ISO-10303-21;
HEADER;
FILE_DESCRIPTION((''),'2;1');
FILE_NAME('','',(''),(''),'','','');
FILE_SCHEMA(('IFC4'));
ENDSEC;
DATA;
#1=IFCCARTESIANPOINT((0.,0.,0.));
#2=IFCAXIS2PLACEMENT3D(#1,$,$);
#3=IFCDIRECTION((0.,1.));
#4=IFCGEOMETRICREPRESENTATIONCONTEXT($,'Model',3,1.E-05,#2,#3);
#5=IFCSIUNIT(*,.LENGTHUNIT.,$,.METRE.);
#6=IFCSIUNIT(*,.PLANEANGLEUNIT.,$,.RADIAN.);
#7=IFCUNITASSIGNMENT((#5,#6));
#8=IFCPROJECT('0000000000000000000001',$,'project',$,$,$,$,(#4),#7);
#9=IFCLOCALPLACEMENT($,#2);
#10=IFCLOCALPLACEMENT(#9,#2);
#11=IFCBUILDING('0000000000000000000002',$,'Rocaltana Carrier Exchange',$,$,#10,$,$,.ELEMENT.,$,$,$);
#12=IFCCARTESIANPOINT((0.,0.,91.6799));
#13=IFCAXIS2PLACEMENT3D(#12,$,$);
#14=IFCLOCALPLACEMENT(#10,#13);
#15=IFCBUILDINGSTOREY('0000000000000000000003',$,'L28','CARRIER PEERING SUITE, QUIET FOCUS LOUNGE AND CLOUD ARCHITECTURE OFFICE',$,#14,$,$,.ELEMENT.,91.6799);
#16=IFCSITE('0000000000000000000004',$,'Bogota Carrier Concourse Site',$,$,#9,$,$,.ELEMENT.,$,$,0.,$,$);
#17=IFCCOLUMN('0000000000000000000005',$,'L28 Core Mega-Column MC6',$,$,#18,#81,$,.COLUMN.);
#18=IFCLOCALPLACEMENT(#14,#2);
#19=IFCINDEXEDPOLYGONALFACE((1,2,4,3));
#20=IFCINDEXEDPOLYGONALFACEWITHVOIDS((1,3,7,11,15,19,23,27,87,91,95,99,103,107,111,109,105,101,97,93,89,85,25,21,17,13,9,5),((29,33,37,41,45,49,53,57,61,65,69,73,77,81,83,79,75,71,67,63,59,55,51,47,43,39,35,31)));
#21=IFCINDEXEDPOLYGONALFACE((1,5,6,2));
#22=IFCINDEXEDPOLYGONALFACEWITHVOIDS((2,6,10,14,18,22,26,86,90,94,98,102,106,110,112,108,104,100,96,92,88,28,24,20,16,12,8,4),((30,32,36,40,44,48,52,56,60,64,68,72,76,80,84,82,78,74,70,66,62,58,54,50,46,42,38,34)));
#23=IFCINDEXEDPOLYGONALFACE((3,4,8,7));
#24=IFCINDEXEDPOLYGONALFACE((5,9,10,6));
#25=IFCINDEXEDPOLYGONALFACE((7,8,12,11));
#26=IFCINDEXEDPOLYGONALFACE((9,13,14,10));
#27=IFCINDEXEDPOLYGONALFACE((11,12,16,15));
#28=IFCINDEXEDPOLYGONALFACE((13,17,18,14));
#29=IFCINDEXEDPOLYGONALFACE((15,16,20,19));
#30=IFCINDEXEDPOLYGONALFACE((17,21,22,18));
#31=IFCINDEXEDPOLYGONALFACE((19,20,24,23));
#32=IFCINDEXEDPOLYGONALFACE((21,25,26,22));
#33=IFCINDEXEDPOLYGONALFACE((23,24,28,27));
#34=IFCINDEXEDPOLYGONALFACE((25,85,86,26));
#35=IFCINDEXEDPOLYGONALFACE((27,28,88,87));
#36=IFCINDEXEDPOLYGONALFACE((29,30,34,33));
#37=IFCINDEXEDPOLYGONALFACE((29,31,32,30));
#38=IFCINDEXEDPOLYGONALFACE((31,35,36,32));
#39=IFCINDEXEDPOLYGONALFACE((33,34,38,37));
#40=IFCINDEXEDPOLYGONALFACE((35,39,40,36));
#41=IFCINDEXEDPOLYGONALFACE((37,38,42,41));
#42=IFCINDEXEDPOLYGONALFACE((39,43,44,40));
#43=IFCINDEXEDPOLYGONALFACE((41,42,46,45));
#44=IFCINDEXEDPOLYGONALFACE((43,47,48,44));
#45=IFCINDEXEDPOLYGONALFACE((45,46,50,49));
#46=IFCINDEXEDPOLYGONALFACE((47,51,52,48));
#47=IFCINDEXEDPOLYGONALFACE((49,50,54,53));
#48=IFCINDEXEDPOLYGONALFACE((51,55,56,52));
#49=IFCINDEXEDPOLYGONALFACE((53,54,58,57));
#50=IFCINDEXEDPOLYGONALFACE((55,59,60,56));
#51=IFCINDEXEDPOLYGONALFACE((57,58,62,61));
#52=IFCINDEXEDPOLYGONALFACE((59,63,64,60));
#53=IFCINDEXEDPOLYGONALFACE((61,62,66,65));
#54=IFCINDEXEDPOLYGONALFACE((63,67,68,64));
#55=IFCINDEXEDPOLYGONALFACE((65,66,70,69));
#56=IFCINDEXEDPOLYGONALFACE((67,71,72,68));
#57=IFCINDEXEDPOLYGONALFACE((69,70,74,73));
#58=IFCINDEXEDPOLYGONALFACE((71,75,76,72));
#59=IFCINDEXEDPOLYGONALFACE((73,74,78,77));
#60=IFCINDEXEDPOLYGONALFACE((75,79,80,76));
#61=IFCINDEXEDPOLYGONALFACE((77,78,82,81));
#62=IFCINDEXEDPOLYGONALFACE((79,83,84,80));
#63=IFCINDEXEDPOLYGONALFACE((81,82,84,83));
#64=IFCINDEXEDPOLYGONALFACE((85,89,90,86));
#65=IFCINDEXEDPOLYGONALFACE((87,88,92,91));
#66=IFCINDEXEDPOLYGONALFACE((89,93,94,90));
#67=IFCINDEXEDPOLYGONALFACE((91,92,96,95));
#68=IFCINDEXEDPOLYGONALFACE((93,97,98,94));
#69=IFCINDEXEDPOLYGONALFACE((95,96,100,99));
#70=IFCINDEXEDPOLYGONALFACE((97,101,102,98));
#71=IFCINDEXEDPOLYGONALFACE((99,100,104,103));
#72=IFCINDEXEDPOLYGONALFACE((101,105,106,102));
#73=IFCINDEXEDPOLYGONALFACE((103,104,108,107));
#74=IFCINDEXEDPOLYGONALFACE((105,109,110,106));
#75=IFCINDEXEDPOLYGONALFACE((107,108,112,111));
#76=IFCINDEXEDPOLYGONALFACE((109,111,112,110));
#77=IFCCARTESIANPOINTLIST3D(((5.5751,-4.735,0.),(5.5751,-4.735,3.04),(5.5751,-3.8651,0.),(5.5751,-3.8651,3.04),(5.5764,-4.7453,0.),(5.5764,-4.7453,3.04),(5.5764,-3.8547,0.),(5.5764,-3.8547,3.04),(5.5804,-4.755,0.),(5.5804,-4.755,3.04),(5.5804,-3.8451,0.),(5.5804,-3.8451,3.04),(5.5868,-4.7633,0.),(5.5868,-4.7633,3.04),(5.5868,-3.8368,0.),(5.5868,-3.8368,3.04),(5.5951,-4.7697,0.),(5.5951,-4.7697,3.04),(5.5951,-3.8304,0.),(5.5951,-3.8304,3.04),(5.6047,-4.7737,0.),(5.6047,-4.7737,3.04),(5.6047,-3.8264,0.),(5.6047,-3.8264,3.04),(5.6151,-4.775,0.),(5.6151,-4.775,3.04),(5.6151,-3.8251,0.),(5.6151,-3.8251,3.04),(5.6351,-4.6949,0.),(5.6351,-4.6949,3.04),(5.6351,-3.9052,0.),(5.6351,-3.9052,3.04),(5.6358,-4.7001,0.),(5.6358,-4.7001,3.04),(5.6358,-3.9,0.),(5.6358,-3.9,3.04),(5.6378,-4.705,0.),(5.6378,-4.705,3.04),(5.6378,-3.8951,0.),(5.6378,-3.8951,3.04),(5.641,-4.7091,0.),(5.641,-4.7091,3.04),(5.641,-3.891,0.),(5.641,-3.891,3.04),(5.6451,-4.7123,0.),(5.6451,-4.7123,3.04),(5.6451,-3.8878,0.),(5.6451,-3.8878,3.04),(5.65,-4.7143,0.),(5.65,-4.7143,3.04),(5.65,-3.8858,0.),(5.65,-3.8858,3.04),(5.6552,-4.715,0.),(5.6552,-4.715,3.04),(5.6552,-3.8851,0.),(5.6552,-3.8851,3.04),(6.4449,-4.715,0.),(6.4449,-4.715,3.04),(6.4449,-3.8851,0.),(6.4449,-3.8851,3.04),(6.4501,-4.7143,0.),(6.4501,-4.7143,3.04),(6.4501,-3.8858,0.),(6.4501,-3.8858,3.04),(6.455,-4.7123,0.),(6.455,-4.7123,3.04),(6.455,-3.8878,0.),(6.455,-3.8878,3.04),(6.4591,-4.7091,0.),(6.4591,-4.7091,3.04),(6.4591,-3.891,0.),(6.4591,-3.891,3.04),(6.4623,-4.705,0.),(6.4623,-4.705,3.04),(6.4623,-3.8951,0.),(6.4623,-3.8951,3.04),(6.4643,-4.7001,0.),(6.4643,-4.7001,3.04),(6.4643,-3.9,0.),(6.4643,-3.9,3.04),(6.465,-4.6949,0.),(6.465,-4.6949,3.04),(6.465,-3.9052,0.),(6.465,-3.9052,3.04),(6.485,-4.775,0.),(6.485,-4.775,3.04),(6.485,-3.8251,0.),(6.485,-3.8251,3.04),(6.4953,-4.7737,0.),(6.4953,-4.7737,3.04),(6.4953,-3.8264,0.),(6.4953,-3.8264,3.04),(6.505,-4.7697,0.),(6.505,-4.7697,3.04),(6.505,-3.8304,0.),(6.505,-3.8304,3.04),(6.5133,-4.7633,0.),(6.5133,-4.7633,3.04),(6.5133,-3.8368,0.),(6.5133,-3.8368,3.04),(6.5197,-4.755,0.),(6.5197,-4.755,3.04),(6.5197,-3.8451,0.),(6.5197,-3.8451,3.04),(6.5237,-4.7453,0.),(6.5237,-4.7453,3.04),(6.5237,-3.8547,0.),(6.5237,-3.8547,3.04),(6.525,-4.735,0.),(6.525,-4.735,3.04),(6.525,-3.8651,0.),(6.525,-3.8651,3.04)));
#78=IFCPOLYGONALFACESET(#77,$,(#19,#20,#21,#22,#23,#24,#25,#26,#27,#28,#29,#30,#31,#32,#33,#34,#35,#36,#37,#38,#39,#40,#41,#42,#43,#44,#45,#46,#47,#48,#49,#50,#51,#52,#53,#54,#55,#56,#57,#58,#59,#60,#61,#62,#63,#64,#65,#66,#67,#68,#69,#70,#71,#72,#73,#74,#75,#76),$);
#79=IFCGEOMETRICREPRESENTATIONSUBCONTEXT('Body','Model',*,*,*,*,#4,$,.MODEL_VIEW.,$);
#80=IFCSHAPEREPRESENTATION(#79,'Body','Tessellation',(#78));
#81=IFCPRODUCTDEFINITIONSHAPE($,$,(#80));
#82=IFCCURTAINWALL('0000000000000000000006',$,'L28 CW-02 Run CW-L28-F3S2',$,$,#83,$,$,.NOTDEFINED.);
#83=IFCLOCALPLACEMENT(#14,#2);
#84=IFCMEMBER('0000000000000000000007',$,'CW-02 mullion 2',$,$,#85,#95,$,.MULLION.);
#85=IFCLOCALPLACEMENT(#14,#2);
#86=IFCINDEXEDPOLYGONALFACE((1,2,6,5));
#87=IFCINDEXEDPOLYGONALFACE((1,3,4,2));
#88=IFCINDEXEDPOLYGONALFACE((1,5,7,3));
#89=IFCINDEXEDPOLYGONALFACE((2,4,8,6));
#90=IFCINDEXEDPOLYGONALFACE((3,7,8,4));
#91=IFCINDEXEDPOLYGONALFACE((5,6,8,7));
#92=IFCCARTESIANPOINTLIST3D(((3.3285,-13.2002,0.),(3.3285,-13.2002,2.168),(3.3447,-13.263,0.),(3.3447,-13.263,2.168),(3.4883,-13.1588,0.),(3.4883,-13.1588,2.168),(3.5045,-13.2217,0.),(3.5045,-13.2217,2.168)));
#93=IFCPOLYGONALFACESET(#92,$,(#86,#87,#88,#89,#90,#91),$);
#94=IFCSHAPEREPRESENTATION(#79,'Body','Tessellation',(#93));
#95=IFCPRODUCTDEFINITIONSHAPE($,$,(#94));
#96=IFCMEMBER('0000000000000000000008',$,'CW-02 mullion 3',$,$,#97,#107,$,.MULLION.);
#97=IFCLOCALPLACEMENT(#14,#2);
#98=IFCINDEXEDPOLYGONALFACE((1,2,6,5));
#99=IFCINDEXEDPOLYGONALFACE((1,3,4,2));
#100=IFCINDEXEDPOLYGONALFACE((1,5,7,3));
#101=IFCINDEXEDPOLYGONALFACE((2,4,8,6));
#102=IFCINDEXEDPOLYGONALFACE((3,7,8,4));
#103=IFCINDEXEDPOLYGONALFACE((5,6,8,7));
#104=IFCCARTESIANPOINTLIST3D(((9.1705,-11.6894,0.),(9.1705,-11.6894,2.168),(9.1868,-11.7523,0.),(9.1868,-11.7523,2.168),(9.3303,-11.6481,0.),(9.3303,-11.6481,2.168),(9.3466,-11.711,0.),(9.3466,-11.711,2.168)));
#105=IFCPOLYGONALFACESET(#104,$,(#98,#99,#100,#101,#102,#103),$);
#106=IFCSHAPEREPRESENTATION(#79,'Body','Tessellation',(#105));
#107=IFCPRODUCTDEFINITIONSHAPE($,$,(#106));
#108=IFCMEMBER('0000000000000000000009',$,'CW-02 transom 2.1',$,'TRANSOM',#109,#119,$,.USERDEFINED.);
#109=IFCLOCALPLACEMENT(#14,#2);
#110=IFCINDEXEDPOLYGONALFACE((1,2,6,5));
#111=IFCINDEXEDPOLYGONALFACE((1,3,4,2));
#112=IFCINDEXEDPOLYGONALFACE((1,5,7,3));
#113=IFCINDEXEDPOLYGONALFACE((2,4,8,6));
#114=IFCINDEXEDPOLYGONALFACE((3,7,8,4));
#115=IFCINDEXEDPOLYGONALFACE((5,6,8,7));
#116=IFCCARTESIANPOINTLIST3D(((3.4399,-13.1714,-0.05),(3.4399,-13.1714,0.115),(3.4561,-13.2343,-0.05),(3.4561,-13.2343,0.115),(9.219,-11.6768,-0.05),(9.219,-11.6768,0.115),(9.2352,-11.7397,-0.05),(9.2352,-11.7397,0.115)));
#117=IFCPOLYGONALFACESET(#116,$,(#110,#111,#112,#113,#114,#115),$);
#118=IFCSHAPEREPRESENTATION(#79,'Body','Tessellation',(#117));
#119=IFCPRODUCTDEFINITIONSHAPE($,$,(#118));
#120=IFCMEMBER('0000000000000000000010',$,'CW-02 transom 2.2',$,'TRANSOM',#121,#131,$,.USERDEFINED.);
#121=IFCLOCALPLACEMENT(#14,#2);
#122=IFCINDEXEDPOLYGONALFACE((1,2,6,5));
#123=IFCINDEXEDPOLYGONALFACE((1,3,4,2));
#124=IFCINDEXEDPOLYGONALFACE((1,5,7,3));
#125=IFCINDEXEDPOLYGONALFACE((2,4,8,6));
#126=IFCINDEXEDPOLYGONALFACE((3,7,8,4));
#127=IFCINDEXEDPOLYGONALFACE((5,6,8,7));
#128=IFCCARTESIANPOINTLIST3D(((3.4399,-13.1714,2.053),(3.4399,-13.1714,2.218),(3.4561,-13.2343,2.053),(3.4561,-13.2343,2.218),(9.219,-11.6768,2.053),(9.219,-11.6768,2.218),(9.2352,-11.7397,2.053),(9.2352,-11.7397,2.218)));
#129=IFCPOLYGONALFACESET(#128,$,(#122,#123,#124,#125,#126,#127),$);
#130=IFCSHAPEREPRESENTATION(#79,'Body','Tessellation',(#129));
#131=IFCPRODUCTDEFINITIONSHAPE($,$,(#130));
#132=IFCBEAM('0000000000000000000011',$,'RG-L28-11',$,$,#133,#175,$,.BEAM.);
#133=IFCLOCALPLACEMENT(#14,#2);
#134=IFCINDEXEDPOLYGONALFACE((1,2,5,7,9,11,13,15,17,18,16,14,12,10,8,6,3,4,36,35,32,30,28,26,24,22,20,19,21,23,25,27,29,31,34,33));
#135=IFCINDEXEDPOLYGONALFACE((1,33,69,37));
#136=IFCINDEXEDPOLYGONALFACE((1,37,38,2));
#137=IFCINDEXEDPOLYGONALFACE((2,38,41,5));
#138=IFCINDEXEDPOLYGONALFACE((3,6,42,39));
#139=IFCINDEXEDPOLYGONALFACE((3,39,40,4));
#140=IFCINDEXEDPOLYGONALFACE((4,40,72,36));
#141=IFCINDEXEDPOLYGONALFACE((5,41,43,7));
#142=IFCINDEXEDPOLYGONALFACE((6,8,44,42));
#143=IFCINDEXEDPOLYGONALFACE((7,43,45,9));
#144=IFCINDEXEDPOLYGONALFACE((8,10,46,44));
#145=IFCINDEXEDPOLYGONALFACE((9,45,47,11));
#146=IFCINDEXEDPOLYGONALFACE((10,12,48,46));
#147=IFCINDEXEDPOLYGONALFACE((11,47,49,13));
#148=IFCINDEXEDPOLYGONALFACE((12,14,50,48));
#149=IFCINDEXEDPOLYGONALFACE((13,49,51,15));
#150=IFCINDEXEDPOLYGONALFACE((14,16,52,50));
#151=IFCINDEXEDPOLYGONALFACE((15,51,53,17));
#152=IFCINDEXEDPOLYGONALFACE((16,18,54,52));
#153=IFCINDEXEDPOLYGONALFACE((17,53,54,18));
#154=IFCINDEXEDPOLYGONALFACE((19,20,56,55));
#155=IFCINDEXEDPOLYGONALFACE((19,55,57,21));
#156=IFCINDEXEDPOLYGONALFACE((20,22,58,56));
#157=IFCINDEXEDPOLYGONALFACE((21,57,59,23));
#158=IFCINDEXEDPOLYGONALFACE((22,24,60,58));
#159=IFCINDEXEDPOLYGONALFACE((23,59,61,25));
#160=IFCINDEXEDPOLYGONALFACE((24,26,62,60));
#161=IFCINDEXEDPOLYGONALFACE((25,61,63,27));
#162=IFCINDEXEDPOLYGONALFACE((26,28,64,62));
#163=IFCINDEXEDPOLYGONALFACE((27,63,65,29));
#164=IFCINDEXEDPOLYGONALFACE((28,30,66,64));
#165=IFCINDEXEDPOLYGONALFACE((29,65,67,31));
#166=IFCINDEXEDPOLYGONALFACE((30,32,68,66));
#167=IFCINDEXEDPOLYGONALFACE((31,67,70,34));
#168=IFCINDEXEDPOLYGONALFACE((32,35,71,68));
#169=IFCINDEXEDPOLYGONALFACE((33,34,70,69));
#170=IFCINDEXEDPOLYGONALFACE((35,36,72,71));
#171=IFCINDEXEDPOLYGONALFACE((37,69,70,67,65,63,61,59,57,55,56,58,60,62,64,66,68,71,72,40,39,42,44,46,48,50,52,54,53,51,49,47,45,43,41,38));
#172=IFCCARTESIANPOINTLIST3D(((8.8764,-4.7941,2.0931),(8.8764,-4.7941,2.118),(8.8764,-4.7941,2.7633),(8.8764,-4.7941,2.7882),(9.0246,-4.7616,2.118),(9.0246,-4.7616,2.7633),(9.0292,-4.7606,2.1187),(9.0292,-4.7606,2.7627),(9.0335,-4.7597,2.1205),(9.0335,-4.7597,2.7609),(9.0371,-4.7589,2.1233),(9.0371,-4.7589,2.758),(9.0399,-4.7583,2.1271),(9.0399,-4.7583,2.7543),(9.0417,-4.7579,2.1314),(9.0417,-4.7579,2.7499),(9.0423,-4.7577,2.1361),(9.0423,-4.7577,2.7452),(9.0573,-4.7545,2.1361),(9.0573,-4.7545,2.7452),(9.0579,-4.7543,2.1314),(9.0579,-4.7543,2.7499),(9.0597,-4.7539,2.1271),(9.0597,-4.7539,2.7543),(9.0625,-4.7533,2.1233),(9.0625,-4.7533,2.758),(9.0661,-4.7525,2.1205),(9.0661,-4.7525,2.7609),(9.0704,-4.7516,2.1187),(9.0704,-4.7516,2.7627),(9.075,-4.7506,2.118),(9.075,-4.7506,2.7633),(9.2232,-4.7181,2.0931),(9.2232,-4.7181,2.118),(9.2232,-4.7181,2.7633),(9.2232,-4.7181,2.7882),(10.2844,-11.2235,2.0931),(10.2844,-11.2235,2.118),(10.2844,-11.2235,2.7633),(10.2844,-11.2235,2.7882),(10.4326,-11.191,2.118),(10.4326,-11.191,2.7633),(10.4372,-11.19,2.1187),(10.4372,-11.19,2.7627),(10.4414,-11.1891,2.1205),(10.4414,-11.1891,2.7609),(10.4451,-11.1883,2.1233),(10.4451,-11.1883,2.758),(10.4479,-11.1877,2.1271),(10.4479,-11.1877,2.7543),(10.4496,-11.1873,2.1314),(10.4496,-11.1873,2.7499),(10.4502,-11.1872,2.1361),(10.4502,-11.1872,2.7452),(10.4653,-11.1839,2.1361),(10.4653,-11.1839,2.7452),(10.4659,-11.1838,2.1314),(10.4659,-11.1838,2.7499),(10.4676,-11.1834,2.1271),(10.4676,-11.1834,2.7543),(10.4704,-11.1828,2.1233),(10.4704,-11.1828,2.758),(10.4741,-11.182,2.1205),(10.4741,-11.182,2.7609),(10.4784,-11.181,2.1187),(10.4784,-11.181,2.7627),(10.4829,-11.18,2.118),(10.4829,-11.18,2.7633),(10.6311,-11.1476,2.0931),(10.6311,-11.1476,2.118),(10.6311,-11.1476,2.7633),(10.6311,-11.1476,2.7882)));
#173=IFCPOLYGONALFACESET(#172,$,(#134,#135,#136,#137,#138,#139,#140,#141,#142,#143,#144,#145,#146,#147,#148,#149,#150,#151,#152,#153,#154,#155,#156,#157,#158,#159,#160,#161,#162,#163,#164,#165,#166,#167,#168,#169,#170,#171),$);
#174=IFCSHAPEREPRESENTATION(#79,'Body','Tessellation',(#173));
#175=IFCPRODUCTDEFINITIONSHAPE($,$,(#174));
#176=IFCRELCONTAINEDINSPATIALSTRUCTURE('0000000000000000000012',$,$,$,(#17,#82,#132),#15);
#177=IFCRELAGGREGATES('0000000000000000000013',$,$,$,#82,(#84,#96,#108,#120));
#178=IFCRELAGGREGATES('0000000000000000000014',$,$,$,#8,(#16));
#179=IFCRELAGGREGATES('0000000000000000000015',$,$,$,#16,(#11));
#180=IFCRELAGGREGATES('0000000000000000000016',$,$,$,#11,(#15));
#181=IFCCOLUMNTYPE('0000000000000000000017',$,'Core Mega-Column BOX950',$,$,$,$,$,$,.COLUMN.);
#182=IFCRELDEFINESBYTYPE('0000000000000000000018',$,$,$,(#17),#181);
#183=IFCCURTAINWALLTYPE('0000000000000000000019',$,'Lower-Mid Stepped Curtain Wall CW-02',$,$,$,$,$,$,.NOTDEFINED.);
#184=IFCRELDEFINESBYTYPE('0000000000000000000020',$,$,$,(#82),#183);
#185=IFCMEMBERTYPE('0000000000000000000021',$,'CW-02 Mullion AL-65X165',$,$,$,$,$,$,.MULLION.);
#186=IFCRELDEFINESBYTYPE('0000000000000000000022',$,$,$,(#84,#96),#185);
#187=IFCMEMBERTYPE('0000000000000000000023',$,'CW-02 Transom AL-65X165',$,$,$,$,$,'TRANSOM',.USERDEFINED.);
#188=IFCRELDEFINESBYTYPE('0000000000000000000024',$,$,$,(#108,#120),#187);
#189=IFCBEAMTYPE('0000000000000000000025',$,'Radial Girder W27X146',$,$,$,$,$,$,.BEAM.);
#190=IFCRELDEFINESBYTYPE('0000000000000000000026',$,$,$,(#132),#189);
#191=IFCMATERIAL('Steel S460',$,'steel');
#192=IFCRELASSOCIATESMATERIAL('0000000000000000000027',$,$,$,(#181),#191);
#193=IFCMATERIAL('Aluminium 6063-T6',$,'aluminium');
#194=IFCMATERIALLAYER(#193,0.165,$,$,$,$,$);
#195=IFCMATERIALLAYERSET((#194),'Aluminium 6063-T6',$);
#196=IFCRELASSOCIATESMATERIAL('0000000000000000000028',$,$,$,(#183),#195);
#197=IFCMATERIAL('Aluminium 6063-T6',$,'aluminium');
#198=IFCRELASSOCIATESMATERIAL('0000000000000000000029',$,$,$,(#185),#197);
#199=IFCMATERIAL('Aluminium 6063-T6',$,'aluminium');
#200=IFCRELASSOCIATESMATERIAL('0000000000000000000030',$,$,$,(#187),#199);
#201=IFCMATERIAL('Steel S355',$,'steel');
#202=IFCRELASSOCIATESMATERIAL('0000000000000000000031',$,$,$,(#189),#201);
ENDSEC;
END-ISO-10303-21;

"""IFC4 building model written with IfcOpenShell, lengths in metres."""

from ifc_helpers import new_model, si_unit, direction, frame, origin, origin_2d, place, context, subcontext, project, spatial, rectangle, hollow_rectangle, i_section, extrude, material, layer, layer_set, material_profile, profile_set, type_object, element, aggregate, save


model = new_model("IFC4")

# Units and contexts
model_context = context("Model", 3, precision=1e-05, world=origin(), true_north=direction((0.0, 1.0)))
body_context = subcontext(model_context, "Body", "Model", "MODEL_VIEW")
ifc_project = project(units=[si_unit("LENGTHUNIT", "METRE"), si_unit("PLANEANGLEUNIT", "RADIAN")], contexts=[model_context])

# Site, building, storey
site_placement = place(None, origin())
site = spatial("IfcSite", under=ifc_project, at=site_placement, Name="Bogota Carrier Concourse Site", CompositionType="ELEMENT", RefElevation=0.0)
building_placement = place(site_placement, origin())
building = spatial("IfcBuilding", under=site, at=building_placement, Name="Rocaltana Carrier Exchange", CompositionType="ELEMENT")
storey_placement = place(building_placement, frame((0.0, 0.0, 91.6799)))
storey = spatial("IfcBuildingStorey", under=building, at=storey_placement, Name="L28", Description="CARRIER PEERING SUITE, QUIET FOCUS LOUNGE AND CLOUD ARCHITECTURE OFFICE", CompositionType="ELEMENT", Elevation=91.6799)

# Column
ifc_material_1 = material(Name="Steel S460", Category="steel")
ifc_material_profile_1 = material_profile(ifc_material_1, hollow_rectangle(XDim=0.95, YDim=0.95, WallThickness=0.0601, InnerFilletRadius=0.02, OuterFilletRadius=0.04, at=origin_2d()), Name="BOX950X950X60")
ifc_profile_set_1 = profile_set([ifc_material_profile_1], Name="Steel S460")
column_type = type_object("IfcColumnType", Name="Core Mega-Column BOX950", PredefinedType="COLUMN", material=ifc_profile_set_1)
column_placement = place(storey_placement, frame((6.05, -4.3, 0.0), z_axis=(0.0, 0.0, 1.0), x_axis=(1.0, 0.0, 0.0)))
element("IfcColumn", 1, at=column_placement, inside=storey, type_object=column_type, Name="L28 Core Mega-Column MC6", PredefinedType="COLUMN", context=body_context, shape_type="SweptSolid", body=[
    extrude(hollow_rectangle(XDim=0.95, YDim=0.95, WallThickness=0.0601, InnerFilletRadius=0.02, OuterFilletRadius=0.04, at=origin_2d()), origin(), (0.0, 0.0, 1.0), 3.04),
])

# Curtain wall, members
ifc_material_2 = material(Name="Aluminium 6063-T6", Category="aluminium")
ifc_layer_1 = layer(ifc_material_2, 0.165)
ifc_layer_set_1 = layer_set([ifc_layer_1], Name="Aluminium 6063-T6")
curtain_wall_type = type_object("IfcCurtainWallType", Name="Lower-Mid Stepped Curtain Wall CW-02", PredefinedType="NOTDEFINED", material=ifc_layer_set_1)
curtain_wall_placement = place(storey_placement, origin())
curtain_wall = element("IfcCurtainWall", 2, at=curtain_wall_placement, inside=storey, type_object=curtain_wall_type, Name="L28 CW-02 Run CW-L28-F3S2", PredefinedType="NOTDEFINED")
ifc_material_3 = material(Name="Aluminium 6063-T6", Category="aluminium")
ifc_material_profile_2 = material_profile(ifc_material_3, rectangle(XDim=0.0649, YDim=0.165, at=origin_2d()), Name="AL-65X165")
ifc_profile_set_2 = profile_set([ifc_material_profile_2], Name="Aluminium 6063-T6")
member_type_1 = type_object("IfcMemberType", Name="CW-02 Mullion AL-65X165", PredefinedType="MULLION", material=ifc_profile_set_2)
member_1_placement = place(storey_placement, frame((3.4165, -13.2109, 0.0), z_axis=(0.0, 0.0, 1.0), x_axis=(-0.250378, 0.968148, 0.0)))
member_1 = element("IfcMember", 3, at=member_1_placement, type_object=member_type_1, Name="CW-02 mullion 2", PredefinedType="MULLION", context=body_context, shape_type="SweptSolid", body=[
    extrude(rectangle(XDim=0.0649, YDim=0.165, at=origin_2d()), origin(), (0.0, 0.0, 1.0), 2.168),
])
member_2_placement = place(storey_placement, frame((9.2585, -11.7002, 0.0), z_axis=(0.0, 0.0, 1.0), x_axis=(-0.250378, 0.968148, 0.0)))
member_2 = element("IfcMember", 4, at=member_2_placement, type_object=member_type_1, Name="CW-02 mullion 3", PredefinedType="MULLION", context=body_context, shape_type="SweptSolid", body=[
    extrude(rectangle(XDim=0.0649, YDim=0.165, at=origin_2d()), origin(), (0.0, 0.0, 1.0), 2.168),
])
ifc_material_4 = material(Name="Aluminium 6063-T6", Category="aluminium")
ifc_material_profile_3 = material_profile(ifc_material_4, rectangle(XDim=0.0649, YDim=0.165, at=origin_2d()), Name="AL-65X165")
ifc_profile_set_3 = profile_set([ifc_material_profile_3], Name="Aluminium 6063-T6")
member_type_2 = type_object("IfcMemberType", Name="CW-02 Transom AL-65X165", ElementType="TRANSOM", PredefinedType="USERDEFINED", material=ifc_profile_set_3)
member_3_placement = place(storey_placement, frame((3.448, -13.2029, 0.0325), z_axis=(0.968145, 0.25039, 0.0), x_axis=(-0.25039, 0.968145, 0.0)))
member_3 = element("IfcMember", 5, at=member_3_placement, type_object=member_type_2, Name="CW-02 transom 2.1", ObjectType="TRANSOM", PredefinedType="USERDEFINED", context=body_context, shape_type="SweptSolid", body=[
    extrude(rectangle(XDim=0.0649, YDim=0.165, at=origin_2d()), origin(), (0.0, 0.0, 1.0), 5.9692),
])
member_4_placement = place(storey_placement, frame((3.448, -13.2029, 2.1355), z_axis=(0.968145, 0.25039, 0.0), x_axis=(-0.25039, 0.968145, 0.0)))
member_4 = element("IfcMember", 6, at=member_4_placement, type_object=member_type_2, Name="CW-02 transom 2.2", ObjectType="TRANSOM", PredefinedType="USERDEFINED", context=body_context, shape_type="SweptSolid", body=[
    extrude(rectangle(XDim=0.0649, YDim=0.165, at=origin_2d()), origin(), (0.0, 0.0, 1.0), 5.9692),
])

# Beam
ifc_material_5 = material(Name="Steel S355", Category="steel")
ifc_material_profile_4 = material_profile(ifc_material_5, i_section(OverallWidth=0.355, OverallDepth=0.6951, WebThickness=0.0154, FlangeThickness=0.0249, FilletRadius=0.0181, at=origin_2d()), Name="W27X146")
ifc_profile_set_4 = profile_set([ifc_material_profile_4], Name="Steel S355")
beam_type = type_object("IfcBeamType", Name="Radial Girder W27X146", PredefinedType="BEAM", material=ifc_profile_set_4)
beam_1_placement = place(storey_placement, frame((9.0498, -4.7561, 2.4407), z_axis=(0.213917, -0.976852, 0.0), x_axis=(0.976852, 0.213917, 0.0)))
element("IfcBeam", 7, at=beam_1_placement, inside=storey, type_object=beam_type, Name="RG-L28-11", PredefinedType="BEAM", context=body_context, shape_type="SweptSolid", body=[
    extrude(i_section(OverallWidth=0.355, OverallDepth=0.6951, WebThickness=0.0154, FlangeThickness=0.0249, FilletRadius=0.0181, at=origin_2d()), origin(), (0.0, 0.0, 1.0), 6.5818),
])

aggregate(curtain_wall, [member_1, member_2, member_3, member_4])

save(model, "model.ifc")
